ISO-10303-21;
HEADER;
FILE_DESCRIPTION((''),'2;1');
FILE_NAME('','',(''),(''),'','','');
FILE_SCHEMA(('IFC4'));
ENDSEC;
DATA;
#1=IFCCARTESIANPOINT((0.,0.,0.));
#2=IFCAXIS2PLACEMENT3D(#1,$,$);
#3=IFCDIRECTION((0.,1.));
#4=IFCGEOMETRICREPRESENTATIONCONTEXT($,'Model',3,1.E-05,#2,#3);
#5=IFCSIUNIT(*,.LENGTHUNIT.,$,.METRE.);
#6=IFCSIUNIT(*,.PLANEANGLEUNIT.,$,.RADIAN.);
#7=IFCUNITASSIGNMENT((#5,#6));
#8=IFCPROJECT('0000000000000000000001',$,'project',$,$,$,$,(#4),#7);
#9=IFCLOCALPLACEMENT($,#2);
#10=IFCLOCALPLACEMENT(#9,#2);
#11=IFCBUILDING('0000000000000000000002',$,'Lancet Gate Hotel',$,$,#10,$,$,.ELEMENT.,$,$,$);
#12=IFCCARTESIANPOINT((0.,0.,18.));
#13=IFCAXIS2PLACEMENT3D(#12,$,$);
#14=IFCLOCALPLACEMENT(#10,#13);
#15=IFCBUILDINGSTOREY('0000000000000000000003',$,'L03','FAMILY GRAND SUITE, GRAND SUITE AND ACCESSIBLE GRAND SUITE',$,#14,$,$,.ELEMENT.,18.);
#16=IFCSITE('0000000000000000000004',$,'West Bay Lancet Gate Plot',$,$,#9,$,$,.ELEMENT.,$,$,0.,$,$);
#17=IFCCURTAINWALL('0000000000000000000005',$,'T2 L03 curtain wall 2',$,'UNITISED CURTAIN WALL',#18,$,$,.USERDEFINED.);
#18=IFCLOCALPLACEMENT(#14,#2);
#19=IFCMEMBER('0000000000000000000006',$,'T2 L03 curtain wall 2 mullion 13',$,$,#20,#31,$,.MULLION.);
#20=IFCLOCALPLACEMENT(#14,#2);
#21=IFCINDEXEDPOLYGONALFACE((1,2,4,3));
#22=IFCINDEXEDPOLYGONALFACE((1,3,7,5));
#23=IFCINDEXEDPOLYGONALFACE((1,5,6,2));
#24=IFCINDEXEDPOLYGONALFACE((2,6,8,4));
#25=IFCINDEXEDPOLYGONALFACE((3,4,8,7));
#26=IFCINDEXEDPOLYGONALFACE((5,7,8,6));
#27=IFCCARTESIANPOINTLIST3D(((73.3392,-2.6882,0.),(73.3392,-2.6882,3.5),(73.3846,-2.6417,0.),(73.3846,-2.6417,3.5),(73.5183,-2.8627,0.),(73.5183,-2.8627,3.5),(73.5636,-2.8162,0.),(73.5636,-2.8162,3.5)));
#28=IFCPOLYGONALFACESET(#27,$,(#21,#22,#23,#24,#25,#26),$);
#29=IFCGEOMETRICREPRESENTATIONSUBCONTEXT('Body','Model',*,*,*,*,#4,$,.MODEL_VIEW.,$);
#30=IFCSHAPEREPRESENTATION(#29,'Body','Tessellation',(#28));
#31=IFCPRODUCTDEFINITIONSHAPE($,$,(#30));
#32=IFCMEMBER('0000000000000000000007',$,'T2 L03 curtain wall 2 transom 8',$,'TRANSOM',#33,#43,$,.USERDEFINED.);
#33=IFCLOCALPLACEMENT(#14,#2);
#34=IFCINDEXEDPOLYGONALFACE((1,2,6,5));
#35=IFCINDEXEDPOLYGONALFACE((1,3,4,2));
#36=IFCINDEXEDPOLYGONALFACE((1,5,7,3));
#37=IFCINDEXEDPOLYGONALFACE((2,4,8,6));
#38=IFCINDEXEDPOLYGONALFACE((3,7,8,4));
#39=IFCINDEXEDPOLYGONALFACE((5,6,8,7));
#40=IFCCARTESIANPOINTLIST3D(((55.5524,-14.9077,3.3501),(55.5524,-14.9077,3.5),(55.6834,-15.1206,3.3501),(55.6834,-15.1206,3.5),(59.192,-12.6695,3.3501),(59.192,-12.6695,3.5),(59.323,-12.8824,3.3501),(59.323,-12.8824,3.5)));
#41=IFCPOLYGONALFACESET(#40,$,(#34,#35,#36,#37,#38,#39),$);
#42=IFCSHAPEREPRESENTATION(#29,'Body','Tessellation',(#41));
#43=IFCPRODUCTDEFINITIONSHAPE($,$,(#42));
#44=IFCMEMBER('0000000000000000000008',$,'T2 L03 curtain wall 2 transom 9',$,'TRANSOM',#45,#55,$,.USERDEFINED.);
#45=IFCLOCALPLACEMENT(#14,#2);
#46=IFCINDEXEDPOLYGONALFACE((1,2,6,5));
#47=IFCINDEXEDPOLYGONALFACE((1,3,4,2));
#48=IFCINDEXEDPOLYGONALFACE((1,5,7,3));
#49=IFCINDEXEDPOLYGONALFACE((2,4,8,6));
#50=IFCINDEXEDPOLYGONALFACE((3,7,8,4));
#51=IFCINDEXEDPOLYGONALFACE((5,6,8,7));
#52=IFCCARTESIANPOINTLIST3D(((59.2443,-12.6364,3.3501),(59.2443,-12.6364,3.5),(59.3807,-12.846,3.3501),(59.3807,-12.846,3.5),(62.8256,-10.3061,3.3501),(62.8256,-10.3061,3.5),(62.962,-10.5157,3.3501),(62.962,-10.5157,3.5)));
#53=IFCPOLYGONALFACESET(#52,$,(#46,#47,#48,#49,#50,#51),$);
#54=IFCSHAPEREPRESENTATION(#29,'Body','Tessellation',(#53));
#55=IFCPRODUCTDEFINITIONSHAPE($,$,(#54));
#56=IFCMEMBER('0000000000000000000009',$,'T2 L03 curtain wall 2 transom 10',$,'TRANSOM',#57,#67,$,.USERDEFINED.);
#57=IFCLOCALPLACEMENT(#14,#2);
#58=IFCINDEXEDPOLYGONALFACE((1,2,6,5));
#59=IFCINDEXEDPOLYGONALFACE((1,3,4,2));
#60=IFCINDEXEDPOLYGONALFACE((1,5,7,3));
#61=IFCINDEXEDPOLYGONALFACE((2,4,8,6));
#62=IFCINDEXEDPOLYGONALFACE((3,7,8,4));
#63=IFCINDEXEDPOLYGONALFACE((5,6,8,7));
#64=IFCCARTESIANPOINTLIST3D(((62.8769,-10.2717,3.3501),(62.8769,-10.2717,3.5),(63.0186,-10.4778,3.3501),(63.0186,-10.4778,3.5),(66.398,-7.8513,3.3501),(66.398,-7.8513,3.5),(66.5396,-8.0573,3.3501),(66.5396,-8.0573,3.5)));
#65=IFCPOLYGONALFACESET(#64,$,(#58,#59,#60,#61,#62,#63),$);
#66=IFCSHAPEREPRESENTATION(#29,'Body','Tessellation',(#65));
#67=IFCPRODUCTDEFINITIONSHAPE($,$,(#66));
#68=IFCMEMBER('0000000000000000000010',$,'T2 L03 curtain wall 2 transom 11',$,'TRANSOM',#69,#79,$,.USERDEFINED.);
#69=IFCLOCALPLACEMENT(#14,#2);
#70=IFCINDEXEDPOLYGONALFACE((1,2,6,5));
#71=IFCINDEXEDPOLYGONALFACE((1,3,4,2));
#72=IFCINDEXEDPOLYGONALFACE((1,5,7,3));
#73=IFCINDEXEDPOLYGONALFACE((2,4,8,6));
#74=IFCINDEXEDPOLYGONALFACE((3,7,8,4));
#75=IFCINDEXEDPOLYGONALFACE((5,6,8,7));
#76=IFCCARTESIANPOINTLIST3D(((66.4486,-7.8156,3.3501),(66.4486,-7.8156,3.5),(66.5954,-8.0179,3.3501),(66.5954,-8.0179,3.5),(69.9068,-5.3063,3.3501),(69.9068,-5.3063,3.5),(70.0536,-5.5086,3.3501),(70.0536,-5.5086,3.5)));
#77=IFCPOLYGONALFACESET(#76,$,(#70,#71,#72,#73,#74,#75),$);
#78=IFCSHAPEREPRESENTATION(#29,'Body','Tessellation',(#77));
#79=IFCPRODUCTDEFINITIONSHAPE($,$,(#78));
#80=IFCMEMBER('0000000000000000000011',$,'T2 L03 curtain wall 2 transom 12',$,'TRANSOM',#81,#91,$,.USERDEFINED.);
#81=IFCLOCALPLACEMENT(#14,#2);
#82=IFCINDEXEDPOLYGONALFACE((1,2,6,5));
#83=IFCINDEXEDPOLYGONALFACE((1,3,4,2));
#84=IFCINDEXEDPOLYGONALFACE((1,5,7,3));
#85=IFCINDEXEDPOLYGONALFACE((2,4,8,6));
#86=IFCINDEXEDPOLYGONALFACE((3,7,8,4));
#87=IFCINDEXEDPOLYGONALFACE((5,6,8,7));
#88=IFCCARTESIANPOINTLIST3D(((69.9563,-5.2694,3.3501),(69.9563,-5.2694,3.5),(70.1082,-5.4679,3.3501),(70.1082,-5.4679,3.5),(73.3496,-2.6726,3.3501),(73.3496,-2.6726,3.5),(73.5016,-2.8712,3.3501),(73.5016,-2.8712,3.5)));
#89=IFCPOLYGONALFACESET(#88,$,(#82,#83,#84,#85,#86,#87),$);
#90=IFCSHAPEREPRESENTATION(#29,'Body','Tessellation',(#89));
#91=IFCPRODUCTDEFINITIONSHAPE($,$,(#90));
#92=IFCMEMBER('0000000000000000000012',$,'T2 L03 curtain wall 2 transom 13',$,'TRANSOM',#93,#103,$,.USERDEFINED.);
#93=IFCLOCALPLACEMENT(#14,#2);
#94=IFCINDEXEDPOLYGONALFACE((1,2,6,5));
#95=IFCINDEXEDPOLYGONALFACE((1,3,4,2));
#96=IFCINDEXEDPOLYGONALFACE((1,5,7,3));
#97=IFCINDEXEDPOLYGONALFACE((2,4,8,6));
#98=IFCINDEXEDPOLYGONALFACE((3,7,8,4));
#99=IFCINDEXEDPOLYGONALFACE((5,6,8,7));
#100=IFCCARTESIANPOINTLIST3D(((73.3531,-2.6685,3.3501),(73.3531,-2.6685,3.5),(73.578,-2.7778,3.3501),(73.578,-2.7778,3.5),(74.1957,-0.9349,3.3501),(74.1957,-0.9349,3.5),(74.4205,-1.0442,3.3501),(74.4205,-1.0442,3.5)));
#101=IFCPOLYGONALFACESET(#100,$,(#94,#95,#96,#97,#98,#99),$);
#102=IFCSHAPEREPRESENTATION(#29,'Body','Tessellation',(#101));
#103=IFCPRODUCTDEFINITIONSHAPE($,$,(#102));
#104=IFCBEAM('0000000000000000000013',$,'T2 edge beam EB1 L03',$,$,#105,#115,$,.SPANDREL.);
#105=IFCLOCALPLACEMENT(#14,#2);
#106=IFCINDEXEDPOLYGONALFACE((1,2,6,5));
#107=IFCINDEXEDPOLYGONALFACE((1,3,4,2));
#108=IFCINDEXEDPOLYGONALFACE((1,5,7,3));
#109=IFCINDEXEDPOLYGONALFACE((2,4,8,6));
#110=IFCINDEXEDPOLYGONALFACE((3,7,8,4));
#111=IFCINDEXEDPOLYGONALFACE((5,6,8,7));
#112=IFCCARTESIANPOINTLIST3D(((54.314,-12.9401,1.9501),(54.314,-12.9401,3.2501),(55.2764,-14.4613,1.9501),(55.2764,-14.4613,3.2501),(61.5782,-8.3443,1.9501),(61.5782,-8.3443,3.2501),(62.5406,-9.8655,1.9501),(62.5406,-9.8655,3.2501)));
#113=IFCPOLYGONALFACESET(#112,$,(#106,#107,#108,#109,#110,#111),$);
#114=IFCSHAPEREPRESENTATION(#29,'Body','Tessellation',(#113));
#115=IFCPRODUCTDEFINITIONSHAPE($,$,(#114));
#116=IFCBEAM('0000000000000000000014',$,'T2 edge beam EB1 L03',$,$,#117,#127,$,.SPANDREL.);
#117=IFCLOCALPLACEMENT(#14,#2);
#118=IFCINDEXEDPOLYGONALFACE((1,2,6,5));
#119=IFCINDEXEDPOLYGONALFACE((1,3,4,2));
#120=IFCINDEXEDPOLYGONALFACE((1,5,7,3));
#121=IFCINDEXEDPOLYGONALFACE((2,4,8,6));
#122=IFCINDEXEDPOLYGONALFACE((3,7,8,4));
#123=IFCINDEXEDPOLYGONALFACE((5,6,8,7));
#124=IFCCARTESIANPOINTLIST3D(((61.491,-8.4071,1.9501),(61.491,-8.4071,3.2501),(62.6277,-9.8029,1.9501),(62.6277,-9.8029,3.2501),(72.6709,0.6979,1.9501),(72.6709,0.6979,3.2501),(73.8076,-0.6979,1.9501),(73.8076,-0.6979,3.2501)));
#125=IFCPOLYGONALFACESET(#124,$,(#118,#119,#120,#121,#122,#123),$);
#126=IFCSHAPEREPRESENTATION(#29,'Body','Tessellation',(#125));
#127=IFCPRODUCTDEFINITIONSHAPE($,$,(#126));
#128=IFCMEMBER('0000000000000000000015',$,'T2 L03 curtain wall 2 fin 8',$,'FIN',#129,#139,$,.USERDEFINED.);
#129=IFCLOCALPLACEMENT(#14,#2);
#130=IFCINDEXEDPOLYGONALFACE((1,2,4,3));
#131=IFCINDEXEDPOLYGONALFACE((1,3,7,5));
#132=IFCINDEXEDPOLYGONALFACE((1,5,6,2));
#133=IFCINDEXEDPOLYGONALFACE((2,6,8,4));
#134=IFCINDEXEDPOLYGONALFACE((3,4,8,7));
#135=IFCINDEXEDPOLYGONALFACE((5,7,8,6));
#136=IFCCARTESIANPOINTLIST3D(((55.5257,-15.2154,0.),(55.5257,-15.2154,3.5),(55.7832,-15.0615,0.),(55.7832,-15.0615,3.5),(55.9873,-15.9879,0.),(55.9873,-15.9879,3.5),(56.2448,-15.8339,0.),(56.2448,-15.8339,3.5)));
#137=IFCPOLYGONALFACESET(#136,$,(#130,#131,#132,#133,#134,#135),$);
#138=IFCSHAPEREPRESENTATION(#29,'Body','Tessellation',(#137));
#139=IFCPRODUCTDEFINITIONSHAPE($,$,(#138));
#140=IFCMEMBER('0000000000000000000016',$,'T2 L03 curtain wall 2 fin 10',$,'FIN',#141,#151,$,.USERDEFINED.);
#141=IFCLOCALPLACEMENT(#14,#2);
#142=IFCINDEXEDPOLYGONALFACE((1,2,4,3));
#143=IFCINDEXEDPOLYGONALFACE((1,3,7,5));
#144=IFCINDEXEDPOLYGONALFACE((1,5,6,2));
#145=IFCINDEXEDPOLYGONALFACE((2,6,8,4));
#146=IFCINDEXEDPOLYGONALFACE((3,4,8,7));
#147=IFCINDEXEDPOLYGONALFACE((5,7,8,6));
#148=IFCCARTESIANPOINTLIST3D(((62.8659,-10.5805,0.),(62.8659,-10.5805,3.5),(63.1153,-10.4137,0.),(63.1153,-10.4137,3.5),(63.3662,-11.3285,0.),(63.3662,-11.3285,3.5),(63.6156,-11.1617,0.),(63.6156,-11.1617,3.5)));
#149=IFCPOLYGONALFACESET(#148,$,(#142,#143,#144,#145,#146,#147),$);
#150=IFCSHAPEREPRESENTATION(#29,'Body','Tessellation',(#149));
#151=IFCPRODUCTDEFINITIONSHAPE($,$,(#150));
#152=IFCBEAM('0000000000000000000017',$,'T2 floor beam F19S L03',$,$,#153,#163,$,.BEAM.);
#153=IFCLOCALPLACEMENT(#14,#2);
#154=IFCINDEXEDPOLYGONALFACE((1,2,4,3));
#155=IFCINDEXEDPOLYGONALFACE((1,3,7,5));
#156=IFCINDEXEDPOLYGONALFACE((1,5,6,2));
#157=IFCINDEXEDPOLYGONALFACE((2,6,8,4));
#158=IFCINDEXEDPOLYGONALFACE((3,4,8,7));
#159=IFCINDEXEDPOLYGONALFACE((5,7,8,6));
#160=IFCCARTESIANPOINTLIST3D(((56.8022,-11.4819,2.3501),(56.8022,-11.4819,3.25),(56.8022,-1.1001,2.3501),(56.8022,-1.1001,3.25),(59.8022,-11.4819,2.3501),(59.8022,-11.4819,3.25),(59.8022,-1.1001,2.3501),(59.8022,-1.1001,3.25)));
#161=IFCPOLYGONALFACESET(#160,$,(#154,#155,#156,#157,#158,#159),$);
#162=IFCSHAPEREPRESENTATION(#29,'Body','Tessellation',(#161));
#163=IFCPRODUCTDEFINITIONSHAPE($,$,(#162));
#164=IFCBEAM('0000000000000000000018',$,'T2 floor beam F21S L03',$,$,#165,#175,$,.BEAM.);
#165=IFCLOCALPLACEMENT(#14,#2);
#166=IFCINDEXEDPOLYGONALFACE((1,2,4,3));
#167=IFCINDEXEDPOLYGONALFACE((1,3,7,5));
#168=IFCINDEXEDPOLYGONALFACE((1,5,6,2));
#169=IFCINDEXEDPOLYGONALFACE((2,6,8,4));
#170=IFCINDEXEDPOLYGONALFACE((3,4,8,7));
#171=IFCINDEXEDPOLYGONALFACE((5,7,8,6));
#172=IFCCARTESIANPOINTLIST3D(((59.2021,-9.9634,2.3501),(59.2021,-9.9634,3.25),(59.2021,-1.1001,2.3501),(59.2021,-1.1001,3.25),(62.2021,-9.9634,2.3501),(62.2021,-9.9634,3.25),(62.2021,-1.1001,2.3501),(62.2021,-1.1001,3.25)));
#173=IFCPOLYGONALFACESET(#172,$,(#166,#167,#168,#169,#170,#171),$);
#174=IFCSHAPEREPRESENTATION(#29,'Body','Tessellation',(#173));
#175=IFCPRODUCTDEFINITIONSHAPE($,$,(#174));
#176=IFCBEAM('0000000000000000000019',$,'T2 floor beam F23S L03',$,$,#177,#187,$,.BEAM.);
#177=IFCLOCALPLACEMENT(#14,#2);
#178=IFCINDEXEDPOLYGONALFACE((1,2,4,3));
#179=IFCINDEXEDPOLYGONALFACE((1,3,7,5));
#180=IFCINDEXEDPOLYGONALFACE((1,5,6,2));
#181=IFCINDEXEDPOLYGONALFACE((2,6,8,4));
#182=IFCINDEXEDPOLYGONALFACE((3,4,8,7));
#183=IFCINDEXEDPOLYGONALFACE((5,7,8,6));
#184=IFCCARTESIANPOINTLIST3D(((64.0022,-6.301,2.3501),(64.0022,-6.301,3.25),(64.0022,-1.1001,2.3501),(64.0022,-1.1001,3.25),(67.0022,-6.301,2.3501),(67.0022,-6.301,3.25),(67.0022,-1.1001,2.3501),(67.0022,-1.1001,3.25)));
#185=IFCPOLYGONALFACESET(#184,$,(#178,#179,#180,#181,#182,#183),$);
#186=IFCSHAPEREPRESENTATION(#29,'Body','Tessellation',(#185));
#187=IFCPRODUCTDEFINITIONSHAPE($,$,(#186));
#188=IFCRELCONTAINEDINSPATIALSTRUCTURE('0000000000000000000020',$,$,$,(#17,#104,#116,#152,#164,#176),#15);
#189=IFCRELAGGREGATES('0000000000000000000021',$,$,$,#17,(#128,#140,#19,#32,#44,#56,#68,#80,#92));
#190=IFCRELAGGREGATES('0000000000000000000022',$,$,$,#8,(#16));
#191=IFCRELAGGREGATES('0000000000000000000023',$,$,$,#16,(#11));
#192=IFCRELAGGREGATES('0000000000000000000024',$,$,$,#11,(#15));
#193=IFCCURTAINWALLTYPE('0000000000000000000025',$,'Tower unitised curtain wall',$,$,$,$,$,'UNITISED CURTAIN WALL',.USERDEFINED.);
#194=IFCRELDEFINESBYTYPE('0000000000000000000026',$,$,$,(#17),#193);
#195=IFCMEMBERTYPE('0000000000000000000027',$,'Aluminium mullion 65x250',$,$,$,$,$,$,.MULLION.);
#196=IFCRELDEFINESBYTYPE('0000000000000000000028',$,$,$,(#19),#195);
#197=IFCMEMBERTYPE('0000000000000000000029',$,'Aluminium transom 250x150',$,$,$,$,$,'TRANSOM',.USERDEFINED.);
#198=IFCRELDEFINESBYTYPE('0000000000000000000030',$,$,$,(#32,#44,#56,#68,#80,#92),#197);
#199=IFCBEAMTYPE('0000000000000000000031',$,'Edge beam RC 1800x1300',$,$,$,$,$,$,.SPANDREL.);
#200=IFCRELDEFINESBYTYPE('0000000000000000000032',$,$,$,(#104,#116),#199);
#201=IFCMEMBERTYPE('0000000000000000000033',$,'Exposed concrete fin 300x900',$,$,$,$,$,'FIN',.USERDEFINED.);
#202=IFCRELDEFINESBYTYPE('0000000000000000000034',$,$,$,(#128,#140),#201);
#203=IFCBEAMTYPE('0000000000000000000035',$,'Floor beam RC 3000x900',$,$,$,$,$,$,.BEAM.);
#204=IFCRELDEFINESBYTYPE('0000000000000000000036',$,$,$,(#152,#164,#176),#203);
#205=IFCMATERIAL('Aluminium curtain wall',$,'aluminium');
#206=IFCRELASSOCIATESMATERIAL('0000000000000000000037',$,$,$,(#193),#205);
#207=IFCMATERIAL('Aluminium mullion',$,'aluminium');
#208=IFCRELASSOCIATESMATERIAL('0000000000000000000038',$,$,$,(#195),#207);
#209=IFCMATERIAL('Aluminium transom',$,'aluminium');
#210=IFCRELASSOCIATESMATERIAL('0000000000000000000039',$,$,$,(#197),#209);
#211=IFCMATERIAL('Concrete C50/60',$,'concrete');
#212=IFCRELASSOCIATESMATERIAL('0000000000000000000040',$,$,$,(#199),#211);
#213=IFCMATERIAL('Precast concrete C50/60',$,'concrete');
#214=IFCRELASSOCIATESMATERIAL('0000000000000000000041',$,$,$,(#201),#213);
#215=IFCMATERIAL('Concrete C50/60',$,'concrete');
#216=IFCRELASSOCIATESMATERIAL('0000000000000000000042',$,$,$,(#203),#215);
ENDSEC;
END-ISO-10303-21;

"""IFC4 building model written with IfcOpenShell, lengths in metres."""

from ifc_helpers import new_model, si_unit, direction, frame, origin, origin_2d, place, context, subcontext, project, spatial, rectangle, extrude, material, material_profile, profile_set, type_object, element, aggregate, save


model = new_model("IFC4")

# Units and contexts
model_context = context("Model", 3, precision=1e-05, world=origin(), true_north=direction((0.0, 1.0)))
body_context = subcontext(model_context, "Body", "Model", "MODEL_VIEW")
ifc_project = project(units=[si_unit("LENGTHUNIT", "METRE"), si_unit("PLANEANGLEUNIT", "RADIAN")], contexts=[model_context])

# Site, building, storey
site_placement = place(None, origin())
site = spatial("IfcSite", under=ifc_project, at=site_placement, Name="West Bay Lancet Gate Plot", CompositionType="ELEMENT", RefElevation=0.0)
building_placement = place(site_placement, origin())
building = spatial("IfcBuilding", under=site, at=building_placement, Name="Lancet Gate Hotel", CompositionType="ELEMENT")
storey_placement = place(building_placement, frame((0.0, 0.0, 18.0)))
storey = spatial("IfcBuildingStorey", under=building, at=storey_placement, Name="L03", Description="FAMILY GRAND SUITE, GRAND SUITE AND ACCESSIBLE GRAND SUITE", CompositionType="ELEMENT", Elevation=18.0)

# Curtain wall, members
ifc_material_1 = material(Name="Aluminium curtain wall", Category="aluminium")
curtain_wall_type = type_object("IfcCurtainWallType", Name="Tower unitised curtain wall", ElementType="UNITISED CURTAIN WALL", PredefinedType="USERDEFINED", material=ifc_material_1)
curtain_wall_placement = place(storey_placement, origin())
curtain_wall = element("IfcCurtainWall", 1, at=curtain_wall_placement, inside=storey, type_object=curtain_wall_type, Name="T2 L03 curtain wall 2", ObjectType="UNITISED CURTAIN WALL", PredefinedType="USERDEFINED")
ifc_material_2 = material(Name="Aluminium mullion", Category="aluminium")
ifc_material_profile_1 = material_profile(ifc_material_2, rectangle(XDim=0.0649, YDim=0.25, at=origin_2d()), Name="MULLION 65x250")
ifc_profile_set_1 = profile_set([ifc_material_profile_1], Name="Aluminium mullion")
member_type_1 = type_object("IfcMemberType", Name="Aluminium mullion 65x250", PredefinedType="MULLION", material=ifc_profile_set_1)
member_1_placement = place(storey_placement, frame((73.4514, -2.7522, 0.0), z_axis=(0.0, 0.0, 1.0), x_axis=(0.697983, 0.716114, 0.0)))
member_1 = element("IfcMember", 2, at=member_1_placement, type_object=member_type_1, Name="T2 L03 curtain wall 2 mullion 13", PredefinedType="MULLION", context=body_context, shape_type="SweptSolid", body=[
    extrude(rectangle(XDim=0.0649, YDim=0.25, at=origin_2d()), origin(), (0.0, 0.0, 1.0), 3.5),
])
ifc_material_3 = material(Name="Aluminium transom", Category="aluminium")
ifc_material_profile_2 = material_profile(ifc_material_3, rectangle(XDim=0.25, YDim=0.1499, at=origin_2d()), Name="TRANSOM 250x150")
ifc_profile_set_2 = profile_set([ifc_material_profile_2], Name="Aluminium transom")
member_type_2 = type_object("IfcMemberType", Name="Aluminium transom 250x150", ElementType="TRANSOM", PredefinedType="USERDEFINED", material=ifc_profile_set_2)
member_2_placement = place(storey_placement, frame((55.6179, -15.0142, 3.425), z_axis=(0.851815, 0.523842, 0.0), x_axis=(-0.523842, 0.851815, 0.0)))
member_2 = element("IfcMember", 3, at=member_2_placement, type_object=member_type_2, Name="T2 L03 curtain wall 2 transom 8", ObjectType="TRANSOM", PredefinedType="USERDEFINED", context=body_context, shape_type="SweptSolid", body=[
    extrude(rectangle(XDim=0.25, YDim=0.1499, at=origin_2d()), origin(), (0.0, 0.0, 1.0), 4.2727),
])
member_3_placement = place(storey_placement, frame((59.3125, -12.7412, 3.425), z_axis=(0.838179, 0.545396, 0.0), x_axis=(-0.545396, 0.838179, 0.0)))
member_3 = element("IfcMember", 4, at=member_3_placement, type_object=member_type_2, Name="T2 L03 curtain wall 2 transom 9", ObjectType="TRANSOM", PredefinedType="USERDEFINED", context=body_context, shape_type="SweptSolid", body=[
    extrude(rectangle(XDim=0.25, YDim=0.1499, at=origin_2d()), origin(), (0.0, 0.0, 1.0), 4.2727),
])
member_4_placement = place(storey_placement, frame((62.9478, -10.3748, 3.425), z_axis=(0.824072, 0.566485, 0.0), x_axis=(-0.566485, 0.824072, 0.0)))
member_4 = element("IfcMember", 5, at=member_4_placement, type_object=member_type_2, Name="T2 L03 curtain wall 2 transom 10", ObjectType="TRANSOM", PredefinedType="USERDEFINED", context=body_context, shape_type="SweptSolid", body=[
    extrude(rectangle(XDim=0.25, YDim=0.1499, at=origin_2d()), origin(), (0.0, 0.0, 1.0), 4.2727),
])
member_5_placement = place(storey_placement, frame((66.522, -7.9167, 3.425), z_axis=(0.809383, 0.587281, 0.0), x_axis=(-0.587281, 0.809383, 0.0)))
member_5 = element("IfcMember", 6, at=member_5_placement, type_object=member_type_2, Name="T2 L03 curtain wall 2 transom 11", ObjectType="TRANSOM", PredefinedType="USERDEFINED", context=body_context, shape_type="SweptSolid", body=[
    extrude(rectangle(XDim=0.25, YDim=0.1499, at=origin_2d()), origin(), (0.0, 0.0, 1.0), 4.2727),
])
member_6_placement = place(storey_placement, frame((70.0322, -5.3687, 3.425), z_axis=(0.794155, 0.607715, 0.0), x_axis=(-0.607715, 0.794155, 0.0)))
member_6 = element("IfcMember", 7, at=member_6_placement, type_object=member_type_2, Name="T2 L03 curtain wall 2 transom 12", ObjectType="TRANSOM", PredefinedType="USERDEFINED", context=body_context, shape_type="SweptSolid", body=[
    extrude(rectangle(XDim=0.25, YDim=0.1499, at=origin_2d()), origin(), (0.0, 0.0, 1.0), 4.2729),
])
member_7_placement = place(storey_placement, frame((73.4656, -2.7231, 3.425), z_axis=(0.437103, 0.899411, 0.0), x_axis=(-0.899411, 0.437103, 0.0)))
member_7 = element("IfcMember", 8, at=member_7_placement, type_object=member_type_2, Name="T2 L03 curtain wall 2 transom 13", ObjectType="TRANSOM", PredefinedType="USERDEFINED", context=body_context, shape_type="SweptSolid", body=[
    extrude(rectangle(XDim=0.25, YDim=0.1499, at=origin_2d()), origin(), (0.0, 0.0, 1.0), 1.9275),
])

# Beams
ifc_material_4 = material(Name="Concrete C50/60", Category="concrete")
ifc_material_profile_3 = material_profile(ifc_material_4, rectangle(XDim=1.8, YDim=1.3, at=origin_2d()), Name="RC 1800x1300")
ifc_profile_set_3 = profile_set([ifc_material_profile_3], Name="Concrete C50/60")
beam_type_1 = type_object("IfcBeamType", Name="Edge beam RC 1800x1300", PredefinedType="SPANDREL", material=ifc_profile_set_3)
beam_1_placement = place(storey_placement, frame((54.7952, -13.7007, 2.6001), z_axis=(0.845078, 0.534643, 0.0), x_axis=(-0.534643, 0.845078, 0.0)))
element("IfcBeam", 9, at=beam_1_placement, inside=storey, type_object=beam_type_1, Name="T2 edge beam EB1 L03", PredefinedType="SPANDREL", context=body_context, shape_type="SweptSolid", body=[
    extrude(rectangle(XDim=1.8, YDim=1.3, at=origin_2d()), origin(), (0.0, 0.0, 1.0), 8.5959),
])
beam_2_placement = place(storey_placement, frame((62.0593, -9.105, 2.6001), z_axis=(0.775391, 0.631481, 0.0), x_axis=(-0.631481, 0.775391, 0.0)))
element("IfcBeam", 10, at=beam_2_placement, inside=storey, type_object=beam_type_1, Name="T2 edge beam EB1 L03", PredefinedType="SPANDREL", context=body_context, shape_type="SweptSolid", body=[
    extrude(rectangle(XDim=1.8, YDim=1.3, at=origin_2d()), origin(), (0.0, 0.0, 1.0), 14.4185),
])

# Members
ifc_material_5 = material(Name="Precast concrete C50/60", Category="concrete")
ifc_material_profile_4 = material_profile(ifc_material_5, rectangle(XDim=0.3, YDim=0.8999, at=origin_2d()), Name="FIN 300x900")
ifc_profile_set_4 = profile_set([ifc_material_profile_4], Name="Precast concrete C50/60")
member_type_3 = type_object("IfcMemberType", Name="Exposed concrete fin 300x900", ElementType="FIN", PredefinedType="USERDEFINED", material=ifc_profile_set_4)
member_8_placement = place(storey_placement, frame((55.8853, -15.5247, 0.0), z_axis=(0.0, 0.0, 1.0), x_axis=(0.858413, 0.512959, 0.0)))
member_8 = element("IfcMember", 11, at=member_8_placement, type_object=member_type_3, Name="T2 L03 curtain wall 2 fin 8", ObjectType="FIN", PredefinedType="USERDEFINED", context=body_context, shape_type="SweptSolid", body=[
    extrude(rectangle(XDim=0.3, YDim=0.8999, at=origin_2d()), origin(), (0.0, 0.0, 1.0), 3.5),
])
member_9_placement = place(storey_placement, frame((63.2407, -10.8711, 0.0), z_axis=(0.0, 0.0, 1.0), x_axis=(0.831198, 0.555976, 0.0)))
member_9 = element("IfcMember", 12, at=member_9_placement, type_object=member_type_3, Name="T2 L03 curtain wall 2 fin 10", ObjectType="FIN", PredefinedType="USERDEFINED", context=body_context, shape_type="SweptSolid", body=[
    extrude(rectangle(XDim=0.3, YDim=0.8999, at=origin_2d()), origin(), (0.0, 0.0, 1.0), 3.5),
])

# Beams
ifc_material_6 = material(Name="Concrete C50/60", Category="concrete")
ifc_material_profile_5 = material_profile(ifc_material_6, rectangle(XDim=3.0, YDim=0.8999, at=origin_2d()), Name="RC 3000x900")
ifc_profile_set_5 = profile_set([ifc_material_profile_5], Name="Concrete C50/60")
beam_type_2 = type_object("IfcBeamType", Name="Floor beam RC 3000x900", PredefinedType="BEAM", material=ifc_profile_set_5)
beam_3_placement = place(storey_placement, frame((58.3022, -11.4819, 2.8), z_axis=(0.0, 1.0, 0.0), x_axis=(-1.0, 0.0, 0.0)))
element("IfcBeam", 13, at=beam_3_placement, inside=storey, type_object=beam_type_2, Name="T2 floor beam F19S L03", PredefinedType="BEAM", context=body_context, shape_type="SweptSolid", body=[
    extrude(rectangle(XDim=3.0, YDim=0.8999, at=origin_2d()), origin(), (0.0, 0.0, 1.0), 10.3818),
])
beam_4_placement = place(storey_placement, frame((60.7021, -9.9634, 2.8), z_axis=(0.0, 1.0, 0.0), x_axis=(-1.0, 0.0, 0.0)))
element("IfcBeam", 14, at=beam_4_placement, inside=storey, type_object=beam_type_2, Name="T2 floor beam F21S L03", PredefinedType="BEAM", context=body_context, shape_type="SweptSolid", body=[
    extrude(rectangle(XDim=3.0, YDim=0.8999, at=origin_2d()), origin(), (0.0, 0.0, 1.0), 8.8633),
])
beam_5_placement = place(storey_placement, frame((65.5022, -6.301, 2.8), z_axis=(0.0, 1.0, 0.0), x_axis=(-1.0, 0.0, 0.0)))
element("IfcBeam", 15, at=beam_5_placement, inside=storey, type_object=beam_type_2, Name="T2 floor beam F23S L03", PredefinedType="BEAM", context=body_context, shape_type="SweptSolid", body=[
    extrude(rectangle(XDim=3.0, YDim=0.8999, at=origin_2d()), origin(), (0.0, 0.0, 1.0), 5.2009),
])

aggregate(curtain_wall, [member_8, member_9, member_1, member_2, member_3, member_4, member_5, member_6, member_7])

save(model, "model.ifc")
